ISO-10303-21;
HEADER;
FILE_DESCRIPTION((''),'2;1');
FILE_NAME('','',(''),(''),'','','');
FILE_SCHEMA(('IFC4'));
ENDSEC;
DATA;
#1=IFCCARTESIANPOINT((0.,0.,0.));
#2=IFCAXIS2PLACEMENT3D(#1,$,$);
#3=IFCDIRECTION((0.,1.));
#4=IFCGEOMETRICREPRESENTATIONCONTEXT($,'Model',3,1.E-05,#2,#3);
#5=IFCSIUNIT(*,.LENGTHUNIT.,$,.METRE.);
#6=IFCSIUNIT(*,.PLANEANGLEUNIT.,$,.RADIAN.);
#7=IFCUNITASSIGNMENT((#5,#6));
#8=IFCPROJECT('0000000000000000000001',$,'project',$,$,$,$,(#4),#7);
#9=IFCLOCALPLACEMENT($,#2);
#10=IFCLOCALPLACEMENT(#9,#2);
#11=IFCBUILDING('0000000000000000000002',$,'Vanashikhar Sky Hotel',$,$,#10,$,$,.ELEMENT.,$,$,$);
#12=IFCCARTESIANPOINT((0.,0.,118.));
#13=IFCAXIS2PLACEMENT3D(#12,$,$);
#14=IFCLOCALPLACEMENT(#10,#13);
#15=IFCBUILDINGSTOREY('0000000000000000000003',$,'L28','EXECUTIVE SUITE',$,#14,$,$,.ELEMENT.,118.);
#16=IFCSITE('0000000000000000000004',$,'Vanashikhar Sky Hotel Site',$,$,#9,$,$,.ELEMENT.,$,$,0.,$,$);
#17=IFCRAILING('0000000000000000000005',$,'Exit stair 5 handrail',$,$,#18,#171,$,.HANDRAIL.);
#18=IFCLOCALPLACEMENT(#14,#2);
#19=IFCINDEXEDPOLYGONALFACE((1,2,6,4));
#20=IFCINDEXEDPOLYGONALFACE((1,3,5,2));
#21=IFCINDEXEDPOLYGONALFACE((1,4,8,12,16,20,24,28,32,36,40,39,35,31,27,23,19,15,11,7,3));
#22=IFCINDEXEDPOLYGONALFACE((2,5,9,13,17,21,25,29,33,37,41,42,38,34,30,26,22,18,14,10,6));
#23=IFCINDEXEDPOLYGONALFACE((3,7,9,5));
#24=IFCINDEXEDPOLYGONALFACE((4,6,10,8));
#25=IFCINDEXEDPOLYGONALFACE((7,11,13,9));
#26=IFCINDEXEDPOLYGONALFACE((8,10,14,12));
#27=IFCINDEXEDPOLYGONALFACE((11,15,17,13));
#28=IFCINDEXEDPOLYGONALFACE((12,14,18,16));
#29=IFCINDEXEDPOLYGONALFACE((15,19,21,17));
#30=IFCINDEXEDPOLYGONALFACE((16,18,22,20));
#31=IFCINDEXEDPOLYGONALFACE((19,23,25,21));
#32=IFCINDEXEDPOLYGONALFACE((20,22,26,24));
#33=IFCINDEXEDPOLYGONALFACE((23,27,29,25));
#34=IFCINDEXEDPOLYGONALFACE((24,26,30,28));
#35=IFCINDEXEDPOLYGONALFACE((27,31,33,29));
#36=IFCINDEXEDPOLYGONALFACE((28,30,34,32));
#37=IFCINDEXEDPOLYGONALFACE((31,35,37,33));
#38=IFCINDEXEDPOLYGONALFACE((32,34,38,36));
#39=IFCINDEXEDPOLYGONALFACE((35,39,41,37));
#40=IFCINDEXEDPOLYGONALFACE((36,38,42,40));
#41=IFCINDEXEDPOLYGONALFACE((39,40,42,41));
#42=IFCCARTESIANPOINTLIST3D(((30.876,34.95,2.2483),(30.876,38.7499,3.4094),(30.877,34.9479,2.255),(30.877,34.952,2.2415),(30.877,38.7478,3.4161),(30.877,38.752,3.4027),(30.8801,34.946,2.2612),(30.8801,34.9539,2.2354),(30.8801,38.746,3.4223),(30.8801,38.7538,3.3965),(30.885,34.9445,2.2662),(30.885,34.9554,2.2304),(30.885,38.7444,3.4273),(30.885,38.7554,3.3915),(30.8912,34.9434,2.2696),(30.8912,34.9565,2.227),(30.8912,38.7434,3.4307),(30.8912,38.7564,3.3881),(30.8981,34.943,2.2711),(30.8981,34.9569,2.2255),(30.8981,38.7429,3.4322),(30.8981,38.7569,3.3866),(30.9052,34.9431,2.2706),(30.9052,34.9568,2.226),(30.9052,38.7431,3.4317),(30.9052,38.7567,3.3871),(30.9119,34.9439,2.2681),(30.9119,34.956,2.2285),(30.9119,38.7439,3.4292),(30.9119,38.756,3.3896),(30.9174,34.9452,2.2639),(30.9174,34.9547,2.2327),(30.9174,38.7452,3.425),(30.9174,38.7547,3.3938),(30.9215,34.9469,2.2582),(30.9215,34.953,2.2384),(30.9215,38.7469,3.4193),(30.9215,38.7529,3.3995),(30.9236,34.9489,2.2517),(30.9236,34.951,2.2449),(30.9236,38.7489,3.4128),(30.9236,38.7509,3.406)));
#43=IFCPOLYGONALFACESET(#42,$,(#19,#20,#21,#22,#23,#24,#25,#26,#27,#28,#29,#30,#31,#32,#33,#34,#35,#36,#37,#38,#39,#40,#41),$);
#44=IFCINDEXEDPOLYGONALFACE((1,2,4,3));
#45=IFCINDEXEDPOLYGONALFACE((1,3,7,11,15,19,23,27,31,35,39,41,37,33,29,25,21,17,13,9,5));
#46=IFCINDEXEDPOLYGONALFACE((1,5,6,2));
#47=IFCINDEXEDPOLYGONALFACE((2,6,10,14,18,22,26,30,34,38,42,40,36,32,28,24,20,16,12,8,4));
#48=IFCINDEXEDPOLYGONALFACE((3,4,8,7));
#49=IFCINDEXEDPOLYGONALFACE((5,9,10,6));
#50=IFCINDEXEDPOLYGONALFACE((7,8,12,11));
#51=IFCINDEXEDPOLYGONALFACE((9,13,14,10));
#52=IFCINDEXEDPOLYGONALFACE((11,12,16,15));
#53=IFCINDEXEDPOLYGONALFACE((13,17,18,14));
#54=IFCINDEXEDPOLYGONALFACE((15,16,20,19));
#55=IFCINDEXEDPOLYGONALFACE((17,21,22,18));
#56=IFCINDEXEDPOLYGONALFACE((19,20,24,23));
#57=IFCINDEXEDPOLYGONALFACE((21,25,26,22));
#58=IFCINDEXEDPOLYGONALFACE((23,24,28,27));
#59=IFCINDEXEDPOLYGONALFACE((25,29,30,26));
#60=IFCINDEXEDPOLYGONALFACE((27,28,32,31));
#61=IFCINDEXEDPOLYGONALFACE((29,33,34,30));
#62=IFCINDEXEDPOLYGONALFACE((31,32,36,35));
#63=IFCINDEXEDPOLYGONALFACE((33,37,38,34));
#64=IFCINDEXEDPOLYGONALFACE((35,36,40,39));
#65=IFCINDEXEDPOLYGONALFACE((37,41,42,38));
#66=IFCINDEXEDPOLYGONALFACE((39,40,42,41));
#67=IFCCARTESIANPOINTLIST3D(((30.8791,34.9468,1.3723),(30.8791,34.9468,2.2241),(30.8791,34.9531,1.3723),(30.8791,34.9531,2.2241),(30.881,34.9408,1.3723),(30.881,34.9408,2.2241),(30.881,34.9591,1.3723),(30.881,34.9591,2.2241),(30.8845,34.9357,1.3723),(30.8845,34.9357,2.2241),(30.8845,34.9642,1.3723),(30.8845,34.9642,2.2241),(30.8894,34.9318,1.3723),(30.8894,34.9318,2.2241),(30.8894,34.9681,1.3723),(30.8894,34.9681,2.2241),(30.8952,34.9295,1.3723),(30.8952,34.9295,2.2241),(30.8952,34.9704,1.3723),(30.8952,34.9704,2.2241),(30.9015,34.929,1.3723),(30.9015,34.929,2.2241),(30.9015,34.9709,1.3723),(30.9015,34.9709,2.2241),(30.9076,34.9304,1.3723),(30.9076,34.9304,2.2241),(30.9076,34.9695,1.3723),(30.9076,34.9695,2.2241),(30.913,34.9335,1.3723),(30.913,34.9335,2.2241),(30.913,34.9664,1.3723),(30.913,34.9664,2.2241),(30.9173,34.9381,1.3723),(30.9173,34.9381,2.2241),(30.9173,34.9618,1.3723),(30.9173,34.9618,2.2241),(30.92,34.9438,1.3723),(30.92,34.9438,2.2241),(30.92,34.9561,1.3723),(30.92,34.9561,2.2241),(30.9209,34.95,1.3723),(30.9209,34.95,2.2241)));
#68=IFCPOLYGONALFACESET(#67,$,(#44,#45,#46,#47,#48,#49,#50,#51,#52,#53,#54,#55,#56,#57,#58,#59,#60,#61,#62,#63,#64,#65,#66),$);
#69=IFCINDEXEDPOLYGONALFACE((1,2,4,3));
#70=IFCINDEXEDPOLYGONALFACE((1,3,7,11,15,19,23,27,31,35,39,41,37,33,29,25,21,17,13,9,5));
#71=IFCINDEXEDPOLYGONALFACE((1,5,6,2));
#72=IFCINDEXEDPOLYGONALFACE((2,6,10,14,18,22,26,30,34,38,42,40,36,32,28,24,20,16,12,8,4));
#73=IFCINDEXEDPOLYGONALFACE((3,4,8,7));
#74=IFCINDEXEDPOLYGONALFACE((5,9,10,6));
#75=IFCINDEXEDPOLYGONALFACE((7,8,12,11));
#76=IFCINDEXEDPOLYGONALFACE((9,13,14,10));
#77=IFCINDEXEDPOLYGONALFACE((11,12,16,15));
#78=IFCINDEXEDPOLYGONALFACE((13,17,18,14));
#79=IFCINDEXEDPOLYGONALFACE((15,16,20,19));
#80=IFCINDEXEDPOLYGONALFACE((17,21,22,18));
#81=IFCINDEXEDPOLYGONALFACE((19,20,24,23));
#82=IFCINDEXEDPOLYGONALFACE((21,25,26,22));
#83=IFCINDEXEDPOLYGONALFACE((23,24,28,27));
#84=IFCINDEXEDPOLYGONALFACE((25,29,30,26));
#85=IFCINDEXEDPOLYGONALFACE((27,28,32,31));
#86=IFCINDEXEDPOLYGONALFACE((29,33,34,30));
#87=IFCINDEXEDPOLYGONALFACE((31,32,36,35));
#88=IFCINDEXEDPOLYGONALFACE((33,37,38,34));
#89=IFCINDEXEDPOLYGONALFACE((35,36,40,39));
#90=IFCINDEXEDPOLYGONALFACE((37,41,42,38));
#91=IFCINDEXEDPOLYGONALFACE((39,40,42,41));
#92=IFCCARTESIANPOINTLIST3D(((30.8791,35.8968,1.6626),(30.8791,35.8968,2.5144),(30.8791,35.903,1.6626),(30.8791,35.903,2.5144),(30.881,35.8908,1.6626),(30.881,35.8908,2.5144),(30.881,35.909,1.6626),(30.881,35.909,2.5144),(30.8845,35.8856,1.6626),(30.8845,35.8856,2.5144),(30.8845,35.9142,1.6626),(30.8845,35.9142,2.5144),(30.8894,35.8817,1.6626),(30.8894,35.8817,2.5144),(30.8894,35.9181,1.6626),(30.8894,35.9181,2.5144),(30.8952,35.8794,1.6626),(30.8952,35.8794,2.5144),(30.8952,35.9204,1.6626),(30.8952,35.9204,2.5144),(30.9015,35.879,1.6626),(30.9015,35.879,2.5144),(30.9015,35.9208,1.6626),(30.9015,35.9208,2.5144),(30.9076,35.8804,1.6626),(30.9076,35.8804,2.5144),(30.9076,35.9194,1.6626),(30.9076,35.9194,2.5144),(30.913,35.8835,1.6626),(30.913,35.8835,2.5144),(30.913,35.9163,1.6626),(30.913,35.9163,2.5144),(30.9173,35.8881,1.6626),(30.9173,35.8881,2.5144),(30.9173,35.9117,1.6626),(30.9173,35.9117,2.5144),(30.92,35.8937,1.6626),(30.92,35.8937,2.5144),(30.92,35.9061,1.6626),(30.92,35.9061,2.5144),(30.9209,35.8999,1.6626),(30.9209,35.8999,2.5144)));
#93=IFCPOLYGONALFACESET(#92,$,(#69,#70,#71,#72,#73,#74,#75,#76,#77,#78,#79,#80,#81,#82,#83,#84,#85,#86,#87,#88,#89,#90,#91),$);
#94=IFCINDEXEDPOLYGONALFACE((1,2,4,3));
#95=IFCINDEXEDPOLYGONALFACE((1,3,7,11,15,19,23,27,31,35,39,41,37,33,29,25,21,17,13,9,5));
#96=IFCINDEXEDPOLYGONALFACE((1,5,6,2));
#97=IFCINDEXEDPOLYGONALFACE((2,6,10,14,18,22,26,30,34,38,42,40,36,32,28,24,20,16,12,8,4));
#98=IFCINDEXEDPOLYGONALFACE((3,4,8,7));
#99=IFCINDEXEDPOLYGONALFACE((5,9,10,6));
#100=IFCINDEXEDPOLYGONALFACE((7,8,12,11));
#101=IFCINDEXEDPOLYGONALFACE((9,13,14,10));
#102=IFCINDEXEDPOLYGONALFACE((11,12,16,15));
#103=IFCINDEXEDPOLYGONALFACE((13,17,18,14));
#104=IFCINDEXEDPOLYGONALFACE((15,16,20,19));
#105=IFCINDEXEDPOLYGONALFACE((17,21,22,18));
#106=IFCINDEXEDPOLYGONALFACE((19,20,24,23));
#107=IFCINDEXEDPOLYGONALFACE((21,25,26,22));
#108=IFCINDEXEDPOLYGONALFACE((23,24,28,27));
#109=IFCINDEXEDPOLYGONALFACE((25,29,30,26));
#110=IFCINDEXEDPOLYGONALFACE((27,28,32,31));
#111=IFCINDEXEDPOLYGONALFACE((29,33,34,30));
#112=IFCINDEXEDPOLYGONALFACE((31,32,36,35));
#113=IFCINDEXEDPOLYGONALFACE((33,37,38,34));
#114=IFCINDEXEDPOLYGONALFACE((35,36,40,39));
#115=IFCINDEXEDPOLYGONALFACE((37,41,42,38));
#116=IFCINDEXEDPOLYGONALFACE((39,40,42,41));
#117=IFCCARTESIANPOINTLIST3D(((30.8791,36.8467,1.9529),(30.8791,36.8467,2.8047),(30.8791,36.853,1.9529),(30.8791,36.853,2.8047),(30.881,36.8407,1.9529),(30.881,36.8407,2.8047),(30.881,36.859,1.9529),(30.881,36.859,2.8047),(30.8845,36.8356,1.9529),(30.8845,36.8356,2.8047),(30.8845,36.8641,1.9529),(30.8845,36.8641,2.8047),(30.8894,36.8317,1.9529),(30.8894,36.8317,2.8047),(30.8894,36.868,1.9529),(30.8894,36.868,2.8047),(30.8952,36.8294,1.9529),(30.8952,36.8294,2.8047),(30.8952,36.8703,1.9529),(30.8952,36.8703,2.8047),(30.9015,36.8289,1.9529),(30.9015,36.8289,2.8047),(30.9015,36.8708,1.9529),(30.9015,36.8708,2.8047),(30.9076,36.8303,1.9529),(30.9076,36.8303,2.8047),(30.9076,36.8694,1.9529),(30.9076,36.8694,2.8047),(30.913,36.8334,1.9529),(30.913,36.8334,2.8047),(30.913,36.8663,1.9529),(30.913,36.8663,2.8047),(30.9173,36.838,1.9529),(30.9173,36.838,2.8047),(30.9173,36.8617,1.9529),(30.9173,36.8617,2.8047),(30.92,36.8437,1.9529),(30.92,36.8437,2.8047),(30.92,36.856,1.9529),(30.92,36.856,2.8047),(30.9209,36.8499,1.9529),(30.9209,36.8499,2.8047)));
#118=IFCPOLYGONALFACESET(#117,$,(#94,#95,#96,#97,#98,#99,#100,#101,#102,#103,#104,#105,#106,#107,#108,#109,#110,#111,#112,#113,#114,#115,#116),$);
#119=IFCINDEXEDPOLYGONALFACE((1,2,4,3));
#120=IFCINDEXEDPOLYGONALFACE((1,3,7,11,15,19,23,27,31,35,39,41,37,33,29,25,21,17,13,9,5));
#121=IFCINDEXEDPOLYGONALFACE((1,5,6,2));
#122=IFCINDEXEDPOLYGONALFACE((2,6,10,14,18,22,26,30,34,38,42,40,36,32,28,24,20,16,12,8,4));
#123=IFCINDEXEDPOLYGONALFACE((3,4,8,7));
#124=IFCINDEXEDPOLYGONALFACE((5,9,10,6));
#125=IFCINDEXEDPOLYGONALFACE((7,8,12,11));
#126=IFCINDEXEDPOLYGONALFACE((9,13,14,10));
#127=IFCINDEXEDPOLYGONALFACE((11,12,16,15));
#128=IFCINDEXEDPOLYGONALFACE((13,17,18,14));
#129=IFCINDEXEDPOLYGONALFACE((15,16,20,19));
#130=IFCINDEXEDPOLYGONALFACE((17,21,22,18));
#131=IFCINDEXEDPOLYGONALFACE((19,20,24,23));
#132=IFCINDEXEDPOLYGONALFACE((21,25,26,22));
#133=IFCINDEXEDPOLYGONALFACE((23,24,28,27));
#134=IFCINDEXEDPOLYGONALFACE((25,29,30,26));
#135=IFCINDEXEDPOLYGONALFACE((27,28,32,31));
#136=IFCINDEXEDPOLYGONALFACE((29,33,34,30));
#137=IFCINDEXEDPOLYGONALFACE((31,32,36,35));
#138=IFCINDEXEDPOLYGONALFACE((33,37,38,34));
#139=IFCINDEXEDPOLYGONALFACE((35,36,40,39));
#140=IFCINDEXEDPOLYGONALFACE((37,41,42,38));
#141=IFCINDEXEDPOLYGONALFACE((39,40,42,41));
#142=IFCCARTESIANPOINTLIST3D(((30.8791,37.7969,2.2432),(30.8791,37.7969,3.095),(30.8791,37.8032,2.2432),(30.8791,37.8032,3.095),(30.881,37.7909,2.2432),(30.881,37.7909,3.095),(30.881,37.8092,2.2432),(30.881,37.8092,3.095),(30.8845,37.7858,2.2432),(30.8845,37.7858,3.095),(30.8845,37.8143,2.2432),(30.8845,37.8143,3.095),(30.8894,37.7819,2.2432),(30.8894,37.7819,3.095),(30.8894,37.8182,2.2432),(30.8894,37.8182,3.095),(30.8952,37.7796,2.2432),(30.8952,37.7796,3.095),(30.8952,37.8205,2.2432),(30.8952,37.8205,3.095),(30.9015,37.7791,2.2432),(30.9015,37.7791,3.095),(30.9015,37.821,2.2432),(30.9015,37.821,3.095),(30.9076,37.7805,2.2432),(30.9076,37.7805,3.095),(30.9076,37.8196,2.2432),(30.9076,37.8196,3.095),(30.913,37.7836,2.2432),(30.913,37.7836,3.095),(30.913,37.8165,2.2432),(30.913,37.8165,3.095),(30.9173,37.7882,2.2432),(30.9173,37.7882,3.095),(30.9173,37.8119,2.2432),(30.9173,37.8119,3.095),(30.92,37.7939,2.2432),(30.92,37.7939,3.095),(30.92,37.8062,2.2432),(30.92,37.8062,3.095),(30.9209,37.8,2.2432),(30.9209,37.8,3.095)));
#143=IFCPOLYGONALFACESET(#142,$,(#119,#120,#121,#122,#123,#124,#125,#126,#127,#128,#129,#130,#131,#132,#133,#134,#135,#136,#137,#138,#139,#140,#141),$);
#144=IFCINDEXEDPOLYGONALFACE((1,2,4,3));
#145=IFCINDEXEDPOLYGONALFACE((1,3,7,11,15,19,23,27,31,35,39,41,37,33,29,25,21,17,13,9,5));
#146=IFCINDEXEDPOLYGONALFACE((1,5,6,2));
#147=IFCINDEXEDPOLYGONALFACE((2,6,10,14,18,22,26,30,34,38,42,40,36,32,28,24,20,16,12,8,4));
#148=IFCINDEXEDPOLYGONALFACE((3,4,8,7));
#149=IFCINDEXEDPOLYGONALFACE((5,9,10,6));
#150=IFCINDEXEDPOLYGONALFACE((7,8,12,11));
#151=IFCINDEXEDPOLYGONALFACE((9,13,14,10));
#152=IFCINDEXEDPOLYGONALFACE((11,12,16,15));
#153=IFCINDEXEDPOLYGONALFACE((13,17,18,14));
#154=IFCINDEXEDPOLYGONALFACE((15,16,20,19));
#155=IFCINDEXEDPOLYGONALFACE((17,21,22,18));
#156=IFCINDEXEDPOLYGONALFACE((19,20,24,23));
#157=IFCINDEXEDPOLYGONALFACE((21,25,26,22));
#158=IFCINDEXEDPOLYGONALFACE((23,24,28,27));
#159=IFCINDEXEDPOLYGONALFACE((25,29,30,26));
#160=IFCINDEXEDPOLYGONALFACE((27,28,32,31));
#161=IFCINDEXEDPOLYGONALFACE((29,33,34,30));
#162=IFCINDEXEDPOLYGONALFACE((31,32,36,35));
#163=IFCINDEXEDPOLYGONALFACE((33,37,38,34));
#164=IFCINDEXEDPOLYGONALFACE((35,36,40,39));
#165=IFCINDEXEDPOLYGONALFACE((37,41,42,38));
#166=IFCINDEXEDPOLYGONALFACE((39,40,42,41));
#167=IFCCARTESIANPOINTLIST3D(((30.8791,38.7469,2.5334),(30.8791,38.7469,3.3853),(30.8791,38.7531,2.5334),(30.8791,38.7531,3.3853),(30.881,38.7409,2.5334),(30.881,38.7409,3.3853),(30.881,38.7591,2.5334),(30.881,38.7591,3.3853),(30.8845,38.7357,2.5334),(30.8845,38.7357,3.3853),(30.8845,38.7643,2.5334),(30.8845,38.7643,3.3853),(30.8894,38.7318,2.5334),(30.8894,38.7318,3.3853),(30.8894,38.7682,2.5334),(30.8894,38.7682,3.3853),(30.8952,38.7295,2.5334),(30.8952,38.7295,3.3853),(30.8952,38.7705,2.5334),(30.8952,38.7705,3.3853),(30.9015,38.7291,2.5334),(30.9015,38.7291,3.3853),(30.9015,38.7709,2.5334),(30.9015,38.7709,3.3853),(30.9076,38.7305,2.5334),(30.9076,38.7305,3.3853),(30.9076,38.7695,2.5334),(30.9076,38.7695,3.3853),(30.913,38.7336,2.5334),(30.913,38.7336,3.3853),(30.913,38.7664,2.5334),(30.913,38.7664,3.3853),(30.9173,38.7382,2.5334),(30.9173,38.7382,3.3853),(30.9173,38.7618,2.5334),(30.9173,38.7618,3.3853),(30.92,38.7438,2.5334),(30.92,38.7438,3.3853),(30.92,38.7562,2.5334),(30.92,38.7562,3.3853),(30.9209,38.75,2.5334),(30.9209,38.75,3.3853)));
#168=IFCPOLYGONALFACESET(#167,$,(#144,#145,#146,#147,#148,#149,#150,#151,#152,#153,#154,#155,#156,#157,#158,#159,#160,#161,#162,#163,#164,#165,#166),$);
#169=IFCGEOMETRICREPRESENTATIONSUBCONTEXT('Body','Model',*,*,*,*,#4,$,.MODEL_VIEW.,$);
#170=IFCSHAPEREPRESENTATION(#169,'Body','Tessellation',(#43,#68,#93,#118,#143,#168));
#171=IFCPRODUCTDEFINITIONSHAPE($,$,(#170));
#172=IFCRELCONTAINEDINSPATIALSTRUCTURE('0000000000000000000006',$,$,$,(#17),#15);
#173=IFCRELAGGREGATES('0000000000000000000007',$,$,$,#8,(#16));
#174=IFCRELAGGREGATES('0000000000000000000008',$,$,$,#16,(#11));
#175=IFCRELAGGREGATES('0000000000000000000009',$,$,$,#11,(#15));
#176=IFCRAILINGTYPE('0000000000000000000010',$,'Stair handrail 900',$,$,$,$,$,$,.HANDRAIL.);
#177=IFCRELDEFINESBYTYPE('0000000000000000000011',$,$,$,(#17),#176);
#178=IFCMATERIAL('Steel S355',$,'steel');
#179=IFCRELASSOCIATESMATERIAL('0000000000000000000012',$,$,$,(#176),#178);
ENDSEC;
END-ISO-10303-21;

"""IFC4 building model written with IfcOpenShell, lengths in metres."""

from ifc_helpers import new_model, si_unit, direction, frame, origin, origin_2d, place, context, subcontext, project, spatial, circle, extrude, source, transform, mapped, material, type_object, element, save


model = new_model("IFC4")

# Units and contexts
model_context = context("Model", 3, precision=1e-05, world=origin(), true_north=direction((0.0, 1.0)))
body_context = subcontext(model_context, "Body", "Model", "MODEL_VIEW")
ifc_project = project(units=[si_unit("LENGTHUNIT", "METRE"), si_unit("PLANEANGLEUNIT", "RADIAN")], contexts=[model_context])

# Site, building, storey
site_placement = place(None, origin())
site = spatial("IfcSite", under=ifc_project, at=site_placement, Name="Vanashikhar Sky Hotel Site", CompositionType="ELEMENT", RefElevation=0.0)
building_placement = place(site_placement, origin())
building = spatial("IfcBuilding", under=site, at=building_placement, Name="Vanashikhar Sky Hotel", CompositionType="ELEMENT")
storey_placement = place(building_placement, frame((0.0, 0.0, 118.0)))
storey = spatial("IfcBuildingStorey", under=building, at=storey_placement, Name="L28", Description="EXECUTIVE SUITE", CompositionType="ELEMENT", Elevation=118.0)

# Railing
ifc_material_1 = material(Name="Steel S355", Category="steel")
railing_type_1 = type_object("IfcRailingType", Name="Stair handrail 900", PredefinedType="HANDRAIL", material=ifc_material_1)
shared_shape_1 = source(origin(), body_context, "Body", "SweptSolid", [
    extrude(circle(Radius=0.0239, at=origin_2d()), frame((0.0, 0.0, 0.876), z_axis=(0.0, 0.956351, 0.29222), x_axis=(-1.0, 0.0, 0.0)), (0.0, 0.0, 1.0), 3.9734),
    extrude(circle(Radius=0.021, at=origin_2d()), origin(), (0.0, 0.0, 1.0), 0.8518),
    extrude(circle(Radius=0.021, at=origin_2d()), frame((0.0, 0.95, 0.2903)), (0.0, 0.0, 1.0), 0.8518),
    extrude(circle(Radius=0.021, at=origin_2d()), frame((0.0, 1.8999, 0.5806)), (0.0, 0.0, 1.0), 0.8518),
    extrude(circle(Radius=0.021, at=origin_2d()), frame((0.0, 2.8501, 0.8708)), (0.0, 0.0, 1.0), 0.8518),
    extrude(circle(Radius=0.021, at=origin_2d()), frame((0.0, 3.8, 1.1611)), (0.0, 0.0, 1.0), 0.8518),
])
for number, where, name in (
    (1, (30.8999, 34.95, 1.3723), "Exit stair 5 handrail"),
):
    element("IfcRailing", number, at=place(storey_placement, frame(where)), inside=storey, type_object=railing_type_1, Name=name, PredefinedType="HANDRAIL", context=body_context, shape_type="MappedRepresentation", body=[
        mapped(shared_shape_1, transform((0.0, 0.0, 0.0), scale=1.0)),
    ])

save(model, "model.ifc")
